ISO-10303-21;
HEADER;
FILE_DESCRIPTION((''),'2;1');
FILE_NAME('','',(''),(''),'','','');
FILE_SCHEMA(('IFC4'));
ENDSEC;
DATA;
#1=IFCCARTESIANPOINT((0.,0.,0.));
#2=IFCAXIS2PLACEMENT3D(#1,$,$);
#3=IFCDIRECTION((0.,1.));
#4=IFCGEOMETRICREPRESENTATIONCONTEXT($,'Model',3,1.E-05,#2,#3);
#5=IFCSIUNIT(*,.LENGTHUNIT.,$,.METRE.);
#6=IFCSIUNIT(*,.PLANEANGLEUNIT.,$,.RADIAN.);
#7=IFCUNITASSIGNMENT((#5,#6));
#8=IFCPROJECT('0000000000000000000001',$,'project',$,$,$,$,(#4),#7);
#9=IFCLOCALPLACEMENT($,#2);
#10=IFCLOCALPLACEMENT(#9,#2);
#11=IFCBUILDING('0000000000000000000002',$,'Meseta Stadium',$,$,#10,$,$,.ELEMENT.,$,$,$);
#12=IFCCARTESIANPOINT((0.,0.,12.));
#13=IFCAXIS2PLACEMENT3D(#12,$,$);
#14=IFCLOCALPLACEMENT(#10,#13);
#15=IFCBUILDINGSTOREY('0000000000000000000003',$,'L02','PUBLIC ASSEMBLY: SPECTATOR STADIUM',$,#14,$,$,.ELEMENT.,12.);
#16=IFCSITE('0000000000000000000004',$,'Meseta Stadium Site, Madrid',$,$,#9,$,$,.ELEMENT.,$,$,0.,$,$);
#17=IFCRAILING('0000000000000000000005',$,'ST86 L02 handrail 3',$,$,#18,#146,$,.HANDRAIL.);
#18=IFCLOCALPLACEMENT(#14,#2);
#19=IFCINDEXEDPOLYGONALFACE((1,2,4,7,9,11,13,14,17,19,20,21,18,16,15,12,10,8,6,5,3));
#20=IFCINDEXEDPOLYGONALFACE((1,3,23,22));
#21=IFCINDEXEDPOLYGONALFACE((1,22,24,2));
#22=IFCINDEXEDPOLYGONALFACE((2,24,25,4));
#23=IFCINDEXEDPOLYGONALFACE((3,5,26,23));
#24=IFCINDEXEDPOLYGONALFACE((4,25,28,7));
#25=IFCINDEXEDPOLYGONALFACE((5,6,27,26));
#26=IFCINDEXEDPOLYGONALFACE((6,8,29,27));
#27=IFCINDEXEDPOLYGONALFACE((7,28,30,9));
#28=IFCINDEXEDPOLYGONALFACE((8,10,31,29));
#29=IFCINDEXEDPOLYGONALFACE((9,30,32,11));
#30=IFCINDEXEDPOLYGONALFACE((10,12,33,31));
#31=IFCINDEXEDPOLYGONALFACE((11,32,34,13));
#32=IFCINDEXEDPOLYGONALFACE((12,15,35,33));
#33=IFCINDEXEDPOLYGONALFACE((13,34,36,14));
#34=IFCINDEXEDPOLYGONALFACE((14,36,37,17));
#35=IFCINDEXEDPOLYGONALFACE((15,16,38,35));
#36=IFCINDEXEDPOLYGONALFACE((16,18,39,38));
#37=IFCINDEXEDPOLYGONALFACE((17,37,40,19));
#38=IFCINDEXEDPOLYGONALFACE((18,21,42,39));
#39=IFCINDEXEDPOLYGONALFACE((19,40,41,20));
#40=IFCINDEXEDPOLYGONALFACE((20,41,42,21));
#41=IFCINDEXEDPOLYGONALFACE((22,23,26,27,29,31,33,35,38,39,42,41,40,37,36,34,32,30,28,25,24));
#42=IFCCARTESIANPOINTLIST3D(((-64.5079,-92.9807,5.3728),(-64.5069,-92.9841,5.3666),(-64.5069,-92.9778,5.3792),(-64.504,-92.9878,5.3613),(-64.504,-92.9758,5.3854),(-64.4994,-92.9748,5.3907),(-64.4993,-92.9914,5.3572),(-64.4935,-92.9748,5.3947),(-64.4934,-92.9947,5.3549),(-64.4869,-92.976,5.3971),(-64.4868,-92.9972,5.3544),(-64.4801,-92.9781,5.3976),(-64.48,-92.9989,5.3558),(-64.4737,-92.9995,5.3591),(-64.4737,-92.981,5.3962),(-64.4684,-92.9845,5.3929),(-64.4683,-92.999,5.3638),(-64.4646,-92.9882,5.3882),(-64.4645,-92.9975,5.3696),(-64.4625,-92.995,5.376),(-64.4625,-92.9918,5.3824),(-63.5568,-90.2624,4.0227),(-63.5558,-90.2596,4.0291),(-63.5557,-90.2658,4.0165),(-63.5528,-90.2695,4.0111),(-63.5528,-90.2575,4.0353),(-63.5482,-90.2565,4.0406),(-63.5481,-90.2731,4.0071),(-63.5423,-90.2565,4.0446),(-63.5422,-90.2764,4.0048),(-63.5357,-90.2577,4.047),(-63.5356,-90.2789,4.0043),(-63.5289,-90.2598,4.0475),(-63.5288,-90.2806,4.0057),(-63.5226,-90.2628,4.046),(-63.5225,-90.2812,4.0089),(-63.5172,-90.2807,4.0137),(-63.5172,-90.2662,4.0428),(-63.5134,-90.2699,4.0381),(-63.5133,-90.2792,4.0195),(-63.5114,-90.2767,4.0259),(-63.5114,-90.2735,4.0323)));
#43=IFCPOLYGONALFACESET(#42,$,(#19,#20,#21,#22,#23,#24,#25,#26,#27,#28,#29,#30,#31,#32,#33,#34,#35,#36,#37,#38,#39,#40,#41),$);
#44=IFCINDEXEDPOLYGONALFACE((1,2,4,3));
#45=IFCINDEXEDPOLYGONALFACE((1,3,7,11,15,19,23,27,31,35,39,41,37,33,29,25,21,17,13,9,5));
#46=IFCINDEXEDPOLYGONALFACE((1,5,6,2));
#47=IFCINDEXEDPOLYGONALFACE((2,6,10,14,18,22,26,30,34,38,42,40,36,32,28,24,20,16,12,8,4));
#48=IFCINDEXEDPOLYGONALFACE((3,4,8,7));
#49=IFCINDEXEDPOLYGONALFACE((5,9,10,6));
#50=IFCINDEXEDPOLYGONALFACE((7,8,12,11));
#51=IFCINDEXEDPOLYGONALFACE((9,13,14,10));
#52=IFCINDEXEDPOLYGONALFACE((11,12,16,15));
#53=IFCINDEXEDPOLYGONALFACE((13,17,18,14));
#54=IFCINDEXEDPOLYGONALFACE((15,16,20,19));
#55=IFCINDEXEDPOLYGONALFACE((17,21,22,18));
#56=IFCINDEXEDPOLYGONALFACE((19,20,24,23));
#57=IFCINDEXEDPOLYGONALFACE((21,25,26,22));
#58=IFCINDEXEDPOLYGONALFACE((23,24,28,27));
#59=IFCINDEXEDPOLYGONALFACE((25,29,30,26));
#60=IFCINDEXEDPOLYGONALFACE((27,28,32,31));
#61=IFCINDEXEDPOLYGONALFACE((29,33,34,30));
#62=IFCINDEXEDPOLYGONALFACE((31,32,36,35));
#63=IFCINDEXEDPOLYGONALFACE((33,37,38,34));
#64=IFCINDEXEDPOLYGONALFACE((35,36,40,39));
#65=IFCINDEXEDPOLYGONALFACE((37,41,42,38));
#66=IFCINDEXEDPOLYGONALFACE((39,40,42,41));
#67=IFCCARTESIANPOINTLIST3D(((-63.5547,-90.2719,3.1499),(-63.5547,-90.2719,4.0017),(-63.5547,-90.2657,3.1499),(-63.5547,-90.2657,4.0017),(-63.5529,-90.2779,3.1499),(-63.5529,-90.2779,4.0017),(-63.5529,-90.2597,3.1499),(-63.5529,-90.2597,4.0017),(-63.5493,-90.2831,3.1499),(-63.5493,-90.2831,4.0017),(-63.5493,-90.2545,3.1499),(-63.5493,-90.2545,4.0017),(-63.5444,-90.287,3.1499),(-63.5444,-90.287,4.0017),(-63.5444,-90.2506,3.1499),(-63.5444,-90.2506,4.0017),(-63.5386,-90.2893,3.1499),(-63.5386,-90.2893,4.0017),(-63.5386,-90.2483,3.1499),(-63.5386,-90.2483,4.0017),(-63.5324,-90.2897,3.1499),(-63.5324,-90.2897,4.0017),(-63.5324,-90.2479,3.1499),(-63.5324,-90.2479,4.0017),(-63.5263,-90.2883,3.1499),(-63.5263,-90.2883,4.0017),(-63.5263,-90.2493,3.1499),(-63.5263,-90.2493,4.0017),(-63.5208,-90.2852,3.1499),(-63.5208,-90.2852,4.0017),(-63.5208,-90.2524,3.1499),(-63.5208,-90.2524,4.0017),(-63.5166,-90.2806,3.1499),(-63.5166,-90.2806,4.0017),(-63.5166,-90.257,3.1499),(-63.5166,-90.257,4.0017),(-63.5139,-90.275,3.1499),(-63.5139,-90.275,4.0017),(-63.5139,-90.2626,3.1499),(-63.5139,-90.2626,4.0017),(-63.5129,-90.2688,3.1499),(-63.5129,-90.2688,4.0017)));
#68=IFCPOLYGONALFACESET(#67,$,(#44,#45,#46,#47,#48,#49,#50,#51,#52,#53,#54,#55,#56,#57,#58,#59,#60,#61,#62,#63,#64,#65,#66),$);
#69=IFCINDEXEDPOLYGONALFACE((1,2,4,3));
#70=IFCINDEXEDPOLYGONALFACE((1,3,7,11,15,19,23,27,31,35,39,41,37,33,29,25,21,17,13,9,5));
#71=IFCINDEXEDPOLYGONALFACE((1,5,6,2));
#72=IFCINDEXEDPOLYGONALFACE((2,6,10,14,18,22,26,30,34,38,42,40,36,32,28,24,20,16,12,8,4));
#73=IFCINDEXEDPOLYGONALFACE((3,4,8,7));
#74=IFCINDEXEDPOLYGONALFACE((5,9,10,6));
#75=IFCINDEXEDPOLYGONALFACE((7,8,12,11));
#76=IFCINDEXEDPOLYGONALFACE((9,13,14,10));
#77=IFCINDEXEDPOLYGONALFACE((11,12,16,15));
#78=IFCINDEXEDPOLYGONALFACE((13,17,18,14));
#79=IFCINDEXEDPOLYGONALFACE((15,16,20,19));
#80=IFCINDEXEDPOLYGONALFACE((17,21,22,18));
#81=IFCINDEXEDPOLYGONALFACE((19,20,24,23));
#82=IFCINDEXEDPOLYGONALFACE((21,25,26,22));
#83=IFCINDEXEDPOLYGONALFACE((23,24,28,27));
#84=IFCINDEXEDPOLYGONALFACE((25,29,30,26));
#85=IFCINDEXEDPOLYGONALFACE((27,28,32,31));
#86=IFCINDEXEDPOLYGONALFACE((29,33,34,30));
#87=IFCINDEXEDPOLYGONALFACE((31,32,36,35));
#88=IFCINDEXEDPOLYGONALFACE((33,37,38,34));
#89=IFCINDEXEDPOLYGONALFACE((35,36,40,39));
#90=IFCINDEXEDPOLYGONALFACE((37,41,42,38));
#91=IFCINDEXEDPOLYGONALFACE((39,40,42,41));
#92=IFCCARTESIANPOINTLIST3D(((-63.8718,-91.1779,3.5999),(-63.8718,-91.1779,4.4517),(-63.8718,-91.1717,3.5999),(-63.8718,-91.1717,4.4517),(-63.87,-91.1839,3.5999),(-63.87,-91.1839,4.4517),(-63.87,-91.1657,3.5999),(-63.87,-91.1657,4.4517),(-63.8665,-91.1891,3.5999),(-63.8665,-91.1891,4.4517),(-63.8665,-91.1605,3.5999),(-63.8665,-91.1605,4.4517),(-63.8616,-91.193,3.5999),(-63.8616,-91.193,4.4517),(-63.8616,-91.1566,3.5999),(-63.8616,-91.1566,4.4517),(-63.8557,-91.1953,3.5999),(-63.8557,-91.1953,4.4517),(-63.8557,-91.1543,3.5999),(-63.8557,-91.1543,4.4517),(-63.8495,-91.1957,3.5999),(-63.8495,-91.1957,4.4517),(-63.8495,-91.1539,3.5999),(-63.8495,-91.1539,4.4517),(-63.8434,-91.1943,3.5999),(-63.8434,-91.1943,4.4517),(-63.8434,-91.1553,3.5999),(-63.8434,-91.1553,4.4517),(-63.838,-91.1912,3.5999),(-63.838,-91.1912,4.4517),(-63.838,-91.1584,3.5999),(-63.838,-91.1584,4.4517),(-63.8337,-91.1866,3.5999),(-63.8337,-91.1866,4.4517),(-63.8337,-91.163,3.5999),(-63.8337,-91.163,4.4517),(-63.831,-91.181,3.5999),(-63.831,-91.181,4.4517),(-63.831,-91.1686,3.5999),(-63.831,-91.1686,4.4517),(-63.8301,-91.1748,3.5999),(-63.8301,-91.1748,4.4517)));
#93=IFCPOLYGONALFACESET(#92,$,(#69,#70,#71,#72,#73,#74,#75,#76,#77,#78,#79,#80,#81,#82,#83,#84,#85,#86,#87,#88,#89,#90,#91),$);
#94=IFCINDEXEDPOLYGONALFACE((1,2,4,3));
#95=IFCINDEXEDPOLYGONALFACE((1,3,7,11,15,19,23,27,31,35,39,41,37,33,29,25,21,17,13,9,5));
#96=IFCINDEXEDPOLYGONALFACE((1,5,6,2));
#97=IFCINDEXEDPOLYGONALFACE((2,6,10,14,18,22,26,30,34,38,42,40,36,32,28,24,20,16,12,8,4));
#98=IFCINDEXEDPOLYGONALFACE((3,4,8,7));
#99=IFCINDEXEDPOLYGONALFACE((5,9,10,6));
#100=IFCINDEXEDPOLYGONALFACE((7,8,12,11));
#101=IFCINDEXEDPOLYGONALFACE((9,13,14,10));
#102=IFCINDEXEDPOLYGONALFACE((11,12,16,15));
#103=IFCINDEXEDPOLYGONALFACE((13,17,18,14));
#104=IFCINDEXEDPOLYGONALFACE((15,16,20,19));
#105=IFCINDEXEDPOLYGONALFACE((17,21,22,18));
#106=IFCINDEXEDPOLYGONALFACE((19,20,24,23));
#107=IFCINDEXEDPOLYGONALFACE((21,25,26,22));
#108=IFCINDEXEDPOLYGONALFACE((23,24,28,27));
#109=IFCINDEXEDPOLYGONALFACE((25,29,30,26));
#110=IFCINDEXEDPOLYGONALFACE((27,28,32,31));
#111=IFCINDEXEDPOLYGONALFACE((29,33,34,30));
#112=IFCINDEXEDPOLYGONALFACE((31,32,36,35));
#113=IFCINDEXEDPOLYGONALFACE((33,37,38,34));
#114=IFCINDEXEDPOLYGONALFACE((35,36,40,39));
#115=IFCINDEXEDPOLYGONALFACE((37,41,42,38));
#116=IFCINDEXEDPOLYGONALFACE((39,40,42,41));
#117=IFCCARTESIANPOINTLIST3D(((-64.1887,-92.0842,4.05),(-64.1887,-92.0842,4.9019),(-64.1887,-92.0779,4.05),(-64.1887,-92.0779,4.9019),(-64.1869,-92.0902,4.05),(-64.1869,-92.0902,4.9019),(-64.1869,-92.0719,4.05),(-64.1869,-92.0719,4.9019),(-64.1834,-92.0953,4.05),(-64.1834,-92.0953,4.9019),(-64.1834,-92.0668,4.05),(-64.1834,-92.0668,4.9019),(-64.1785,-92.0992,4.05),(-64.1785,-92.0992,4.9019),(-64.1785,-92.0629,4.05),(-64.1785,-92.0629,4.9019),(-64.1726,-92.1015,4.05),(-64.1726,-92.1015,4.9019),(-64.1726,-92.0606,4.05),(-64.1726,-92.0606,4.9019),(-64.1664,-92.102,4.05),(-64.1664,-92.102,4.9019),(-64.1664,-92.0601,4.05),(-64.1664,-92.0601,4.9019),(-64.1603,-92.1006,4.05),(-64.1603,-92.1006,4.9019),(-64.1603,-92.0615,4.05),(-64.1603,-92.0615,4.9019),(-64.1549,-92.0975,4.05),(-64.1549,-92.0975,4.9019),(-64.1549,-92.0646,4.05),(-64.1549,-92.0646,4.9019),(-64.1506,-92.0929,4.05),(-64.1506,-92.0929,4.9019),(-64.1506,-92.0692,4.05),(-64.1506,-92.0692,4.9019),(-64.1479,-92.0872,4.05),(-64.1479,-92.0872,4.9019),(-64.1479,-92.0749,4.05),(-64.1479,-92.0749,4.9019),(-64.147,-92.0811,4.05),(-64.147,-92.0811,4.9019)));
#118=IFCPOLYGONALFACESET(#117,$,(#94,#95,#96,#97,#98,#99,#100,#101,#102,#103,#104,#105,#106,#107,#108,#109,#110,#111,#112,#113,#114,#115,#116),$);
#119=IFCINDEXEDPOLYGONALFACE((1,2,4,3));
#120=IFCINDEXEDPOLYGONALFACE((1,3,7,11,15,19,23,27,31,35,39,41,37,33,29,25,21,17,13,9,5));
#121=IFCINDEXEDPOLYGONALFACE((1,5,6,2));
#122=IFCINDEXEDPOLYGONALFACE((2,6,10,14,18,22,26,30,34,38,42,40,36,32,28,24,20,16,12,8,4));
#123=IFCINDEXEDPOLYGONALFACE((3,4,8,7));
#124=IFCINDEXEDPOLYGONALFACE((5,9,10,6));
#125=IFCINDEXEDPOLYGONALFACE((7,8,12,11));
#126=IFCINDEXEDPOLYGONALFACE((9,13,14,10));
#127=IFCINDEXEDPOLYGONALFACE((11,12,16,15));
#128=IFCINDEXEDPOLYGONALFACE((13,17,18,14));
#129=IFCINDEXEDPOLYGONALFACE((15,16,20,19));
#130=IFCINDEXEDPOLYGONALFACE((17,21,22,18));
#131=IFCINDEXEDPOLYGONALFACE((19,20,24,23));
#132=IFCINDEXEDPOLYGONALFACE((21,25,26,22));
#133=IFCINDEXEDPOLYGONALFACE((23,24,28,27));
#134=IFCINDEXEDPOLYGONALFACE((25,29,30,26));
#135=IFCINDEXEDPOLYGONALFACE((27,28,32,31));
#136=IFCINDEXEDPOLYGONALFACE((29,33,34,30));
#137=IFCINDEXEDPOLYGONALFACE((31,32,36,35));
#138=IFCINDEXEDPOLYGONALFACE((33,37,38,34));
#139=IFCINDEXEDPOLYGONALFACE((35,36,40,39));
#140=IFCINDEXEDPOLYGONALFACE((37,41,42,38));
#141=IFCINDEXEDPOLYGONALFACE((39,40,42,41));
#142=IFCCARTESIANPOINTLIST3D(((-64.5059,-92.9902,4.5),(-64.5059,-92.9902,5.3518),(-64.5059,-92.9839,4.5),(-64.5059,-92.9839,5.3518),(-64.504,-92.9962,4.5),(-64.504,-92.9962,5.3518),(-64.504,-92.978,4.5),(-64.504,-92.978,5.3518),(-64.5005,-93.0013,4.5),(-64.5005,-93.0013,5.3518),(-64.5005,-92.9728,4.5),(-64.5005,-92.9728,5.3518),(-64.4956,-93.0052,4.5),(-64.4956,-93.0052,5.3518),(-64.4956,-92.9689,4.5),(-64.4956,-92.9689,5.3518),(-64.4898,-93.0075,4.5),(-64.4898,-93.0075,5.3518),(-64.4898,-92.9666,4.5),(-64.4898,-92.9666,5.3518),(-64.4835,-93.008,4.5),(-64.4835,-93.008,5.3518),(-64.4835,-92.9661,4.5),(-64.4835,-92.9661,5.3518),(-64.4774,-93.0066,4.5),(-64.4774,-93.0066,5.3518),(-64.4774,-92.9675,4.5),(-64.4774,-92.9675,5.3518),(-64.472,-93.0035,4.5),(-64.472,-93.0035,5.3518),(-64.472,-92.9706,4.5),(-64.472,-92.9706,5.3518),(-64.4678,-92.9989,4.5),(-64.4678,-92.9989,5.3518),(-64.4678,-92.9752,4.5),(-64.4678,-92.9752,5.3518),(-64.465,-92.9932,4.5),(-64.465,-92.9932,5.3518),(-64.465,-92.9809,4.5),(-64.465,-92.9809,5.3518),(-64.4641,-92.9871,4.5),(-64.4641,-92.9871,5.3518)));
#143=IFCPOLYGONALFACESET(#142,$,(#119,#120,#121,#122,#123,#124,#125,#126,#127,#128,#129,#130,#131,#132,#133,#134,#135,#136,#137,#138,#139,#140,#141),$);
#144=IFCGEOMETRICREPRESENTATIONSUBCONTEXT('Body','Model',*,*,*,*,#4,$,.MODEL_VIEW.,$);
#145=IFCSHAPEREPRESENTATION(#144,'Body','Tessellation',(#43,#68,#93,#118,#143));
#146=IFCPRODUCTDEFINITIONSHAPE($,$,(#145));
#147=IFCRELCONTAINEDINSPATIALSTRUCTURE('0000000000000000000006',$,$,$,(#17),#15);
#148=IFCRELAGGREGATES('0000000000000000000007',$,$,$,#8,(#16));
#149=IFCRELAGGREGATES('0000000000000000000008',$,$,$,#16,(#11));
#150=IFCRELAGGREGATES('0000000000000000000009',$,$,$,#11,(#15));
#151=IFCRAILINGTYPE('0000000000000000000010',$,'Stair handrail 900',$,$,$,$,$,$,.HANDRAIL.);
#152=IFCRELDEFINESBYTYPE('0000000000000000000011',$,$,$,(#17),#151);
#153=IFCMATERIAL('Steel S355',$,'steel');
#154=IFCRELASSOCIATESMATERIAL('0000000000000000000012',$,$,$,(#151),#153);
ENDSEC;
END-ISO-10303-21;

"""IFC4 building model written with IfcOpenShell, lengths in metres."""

from ifc_helpers import new_model, si_unit, direction, frame, origin, origin_2d, place, context, subcontext, project, spatial, circle, extrude, material, type_object, element, save


model = new_model("IFC4")

# Units and contexts
model_context = context("Model", 3, precision=1e-05, world=origin(), true_north=direction((0.0, 1.0)))
body_context = subcontext(model_context, "Body", "Model", "MODEL_VIEW")
ifc_project = project(units=[si_unit("LENGTHUNIT", "METRE"), si_unit("PLANEANGLEUNIT", "RADIAN")], contexts=[model_context])

# Site, building, storey
site_placement = place(None, origin())
site = spatial("IfcSite", under=ifc_project, at=site_placement, Name="Meseta Stadium Site, Madrid", CompositionType="ELEMENT", RefElevation=0.0)
building_placement = place(site_placement, origin())
building = spatial("IfcBuilding", under=site, at=building_placement, Name="Meseta Stadium", CompositionType="ELEMENT")
storey_placement = place(building_placement, frame((0.0, 0.0, 12.0)))
storey = spatial("IfcBuildingStorey", under=building, at=storey_placement, Name="L02", Description="PUBLIC ASSEMBLY: SPECTATOR STADIUM", CompositionType="ELEMENT", Elevation=12.0)

# Railing
ifc_material_1 = material(Name="Steel S355", Category="steel")
railing_type_1 = type_object("IfcRailingType", Name="Stair handrail 900", PredefinedType="HANDRAIL", material=ifc_material_1)
railing_1_placement = place(storey_placement, frame((-63.5339, -90.2688, 3.1499)))
element("IfcRailing", 1, at=railing_1_placement, inside=storey, type_object=railing_type_1, Name="ST86 L02 handrail 3", PredefinedType="HANDRAIL", context=body_context, shape_type="SweptSolid", body=[
    extrude(circle(Radius=0.0239, at=origin_2d()), frame((0.0, 0.0, 0.876), z_axis=(-0.299051, -0.854629, 0.424474), x_axis=(0.943882, -0.330282, 0.0)), (0.0, 0.0, 1.0), 3.1807),
    extrude(circle(Radius=0.021, at=origin_2d()), origin(), (0.0, 0.0, 1.0), 0.8518),
    extrude(circle(Radius=0.021, at=origin_2d()), frame((-0.3171, -0.906, 0.45)), (0.0, 0.0, 1.0), 0.8518),
    extrude(circle(Radius=0.021, at=origin_2d()), frame((-0.634, -1.8123, 0.9001)), (0.0, 0.0, 1.0), 0.8518),
    extrude(circle(Radius=0.021, at=origin_2d()), frame((-0.9512, -2.7183, 1.3501)), (0.0, 0.0, 1.0), 0.8518),
])

save(model, "model.ifc")
